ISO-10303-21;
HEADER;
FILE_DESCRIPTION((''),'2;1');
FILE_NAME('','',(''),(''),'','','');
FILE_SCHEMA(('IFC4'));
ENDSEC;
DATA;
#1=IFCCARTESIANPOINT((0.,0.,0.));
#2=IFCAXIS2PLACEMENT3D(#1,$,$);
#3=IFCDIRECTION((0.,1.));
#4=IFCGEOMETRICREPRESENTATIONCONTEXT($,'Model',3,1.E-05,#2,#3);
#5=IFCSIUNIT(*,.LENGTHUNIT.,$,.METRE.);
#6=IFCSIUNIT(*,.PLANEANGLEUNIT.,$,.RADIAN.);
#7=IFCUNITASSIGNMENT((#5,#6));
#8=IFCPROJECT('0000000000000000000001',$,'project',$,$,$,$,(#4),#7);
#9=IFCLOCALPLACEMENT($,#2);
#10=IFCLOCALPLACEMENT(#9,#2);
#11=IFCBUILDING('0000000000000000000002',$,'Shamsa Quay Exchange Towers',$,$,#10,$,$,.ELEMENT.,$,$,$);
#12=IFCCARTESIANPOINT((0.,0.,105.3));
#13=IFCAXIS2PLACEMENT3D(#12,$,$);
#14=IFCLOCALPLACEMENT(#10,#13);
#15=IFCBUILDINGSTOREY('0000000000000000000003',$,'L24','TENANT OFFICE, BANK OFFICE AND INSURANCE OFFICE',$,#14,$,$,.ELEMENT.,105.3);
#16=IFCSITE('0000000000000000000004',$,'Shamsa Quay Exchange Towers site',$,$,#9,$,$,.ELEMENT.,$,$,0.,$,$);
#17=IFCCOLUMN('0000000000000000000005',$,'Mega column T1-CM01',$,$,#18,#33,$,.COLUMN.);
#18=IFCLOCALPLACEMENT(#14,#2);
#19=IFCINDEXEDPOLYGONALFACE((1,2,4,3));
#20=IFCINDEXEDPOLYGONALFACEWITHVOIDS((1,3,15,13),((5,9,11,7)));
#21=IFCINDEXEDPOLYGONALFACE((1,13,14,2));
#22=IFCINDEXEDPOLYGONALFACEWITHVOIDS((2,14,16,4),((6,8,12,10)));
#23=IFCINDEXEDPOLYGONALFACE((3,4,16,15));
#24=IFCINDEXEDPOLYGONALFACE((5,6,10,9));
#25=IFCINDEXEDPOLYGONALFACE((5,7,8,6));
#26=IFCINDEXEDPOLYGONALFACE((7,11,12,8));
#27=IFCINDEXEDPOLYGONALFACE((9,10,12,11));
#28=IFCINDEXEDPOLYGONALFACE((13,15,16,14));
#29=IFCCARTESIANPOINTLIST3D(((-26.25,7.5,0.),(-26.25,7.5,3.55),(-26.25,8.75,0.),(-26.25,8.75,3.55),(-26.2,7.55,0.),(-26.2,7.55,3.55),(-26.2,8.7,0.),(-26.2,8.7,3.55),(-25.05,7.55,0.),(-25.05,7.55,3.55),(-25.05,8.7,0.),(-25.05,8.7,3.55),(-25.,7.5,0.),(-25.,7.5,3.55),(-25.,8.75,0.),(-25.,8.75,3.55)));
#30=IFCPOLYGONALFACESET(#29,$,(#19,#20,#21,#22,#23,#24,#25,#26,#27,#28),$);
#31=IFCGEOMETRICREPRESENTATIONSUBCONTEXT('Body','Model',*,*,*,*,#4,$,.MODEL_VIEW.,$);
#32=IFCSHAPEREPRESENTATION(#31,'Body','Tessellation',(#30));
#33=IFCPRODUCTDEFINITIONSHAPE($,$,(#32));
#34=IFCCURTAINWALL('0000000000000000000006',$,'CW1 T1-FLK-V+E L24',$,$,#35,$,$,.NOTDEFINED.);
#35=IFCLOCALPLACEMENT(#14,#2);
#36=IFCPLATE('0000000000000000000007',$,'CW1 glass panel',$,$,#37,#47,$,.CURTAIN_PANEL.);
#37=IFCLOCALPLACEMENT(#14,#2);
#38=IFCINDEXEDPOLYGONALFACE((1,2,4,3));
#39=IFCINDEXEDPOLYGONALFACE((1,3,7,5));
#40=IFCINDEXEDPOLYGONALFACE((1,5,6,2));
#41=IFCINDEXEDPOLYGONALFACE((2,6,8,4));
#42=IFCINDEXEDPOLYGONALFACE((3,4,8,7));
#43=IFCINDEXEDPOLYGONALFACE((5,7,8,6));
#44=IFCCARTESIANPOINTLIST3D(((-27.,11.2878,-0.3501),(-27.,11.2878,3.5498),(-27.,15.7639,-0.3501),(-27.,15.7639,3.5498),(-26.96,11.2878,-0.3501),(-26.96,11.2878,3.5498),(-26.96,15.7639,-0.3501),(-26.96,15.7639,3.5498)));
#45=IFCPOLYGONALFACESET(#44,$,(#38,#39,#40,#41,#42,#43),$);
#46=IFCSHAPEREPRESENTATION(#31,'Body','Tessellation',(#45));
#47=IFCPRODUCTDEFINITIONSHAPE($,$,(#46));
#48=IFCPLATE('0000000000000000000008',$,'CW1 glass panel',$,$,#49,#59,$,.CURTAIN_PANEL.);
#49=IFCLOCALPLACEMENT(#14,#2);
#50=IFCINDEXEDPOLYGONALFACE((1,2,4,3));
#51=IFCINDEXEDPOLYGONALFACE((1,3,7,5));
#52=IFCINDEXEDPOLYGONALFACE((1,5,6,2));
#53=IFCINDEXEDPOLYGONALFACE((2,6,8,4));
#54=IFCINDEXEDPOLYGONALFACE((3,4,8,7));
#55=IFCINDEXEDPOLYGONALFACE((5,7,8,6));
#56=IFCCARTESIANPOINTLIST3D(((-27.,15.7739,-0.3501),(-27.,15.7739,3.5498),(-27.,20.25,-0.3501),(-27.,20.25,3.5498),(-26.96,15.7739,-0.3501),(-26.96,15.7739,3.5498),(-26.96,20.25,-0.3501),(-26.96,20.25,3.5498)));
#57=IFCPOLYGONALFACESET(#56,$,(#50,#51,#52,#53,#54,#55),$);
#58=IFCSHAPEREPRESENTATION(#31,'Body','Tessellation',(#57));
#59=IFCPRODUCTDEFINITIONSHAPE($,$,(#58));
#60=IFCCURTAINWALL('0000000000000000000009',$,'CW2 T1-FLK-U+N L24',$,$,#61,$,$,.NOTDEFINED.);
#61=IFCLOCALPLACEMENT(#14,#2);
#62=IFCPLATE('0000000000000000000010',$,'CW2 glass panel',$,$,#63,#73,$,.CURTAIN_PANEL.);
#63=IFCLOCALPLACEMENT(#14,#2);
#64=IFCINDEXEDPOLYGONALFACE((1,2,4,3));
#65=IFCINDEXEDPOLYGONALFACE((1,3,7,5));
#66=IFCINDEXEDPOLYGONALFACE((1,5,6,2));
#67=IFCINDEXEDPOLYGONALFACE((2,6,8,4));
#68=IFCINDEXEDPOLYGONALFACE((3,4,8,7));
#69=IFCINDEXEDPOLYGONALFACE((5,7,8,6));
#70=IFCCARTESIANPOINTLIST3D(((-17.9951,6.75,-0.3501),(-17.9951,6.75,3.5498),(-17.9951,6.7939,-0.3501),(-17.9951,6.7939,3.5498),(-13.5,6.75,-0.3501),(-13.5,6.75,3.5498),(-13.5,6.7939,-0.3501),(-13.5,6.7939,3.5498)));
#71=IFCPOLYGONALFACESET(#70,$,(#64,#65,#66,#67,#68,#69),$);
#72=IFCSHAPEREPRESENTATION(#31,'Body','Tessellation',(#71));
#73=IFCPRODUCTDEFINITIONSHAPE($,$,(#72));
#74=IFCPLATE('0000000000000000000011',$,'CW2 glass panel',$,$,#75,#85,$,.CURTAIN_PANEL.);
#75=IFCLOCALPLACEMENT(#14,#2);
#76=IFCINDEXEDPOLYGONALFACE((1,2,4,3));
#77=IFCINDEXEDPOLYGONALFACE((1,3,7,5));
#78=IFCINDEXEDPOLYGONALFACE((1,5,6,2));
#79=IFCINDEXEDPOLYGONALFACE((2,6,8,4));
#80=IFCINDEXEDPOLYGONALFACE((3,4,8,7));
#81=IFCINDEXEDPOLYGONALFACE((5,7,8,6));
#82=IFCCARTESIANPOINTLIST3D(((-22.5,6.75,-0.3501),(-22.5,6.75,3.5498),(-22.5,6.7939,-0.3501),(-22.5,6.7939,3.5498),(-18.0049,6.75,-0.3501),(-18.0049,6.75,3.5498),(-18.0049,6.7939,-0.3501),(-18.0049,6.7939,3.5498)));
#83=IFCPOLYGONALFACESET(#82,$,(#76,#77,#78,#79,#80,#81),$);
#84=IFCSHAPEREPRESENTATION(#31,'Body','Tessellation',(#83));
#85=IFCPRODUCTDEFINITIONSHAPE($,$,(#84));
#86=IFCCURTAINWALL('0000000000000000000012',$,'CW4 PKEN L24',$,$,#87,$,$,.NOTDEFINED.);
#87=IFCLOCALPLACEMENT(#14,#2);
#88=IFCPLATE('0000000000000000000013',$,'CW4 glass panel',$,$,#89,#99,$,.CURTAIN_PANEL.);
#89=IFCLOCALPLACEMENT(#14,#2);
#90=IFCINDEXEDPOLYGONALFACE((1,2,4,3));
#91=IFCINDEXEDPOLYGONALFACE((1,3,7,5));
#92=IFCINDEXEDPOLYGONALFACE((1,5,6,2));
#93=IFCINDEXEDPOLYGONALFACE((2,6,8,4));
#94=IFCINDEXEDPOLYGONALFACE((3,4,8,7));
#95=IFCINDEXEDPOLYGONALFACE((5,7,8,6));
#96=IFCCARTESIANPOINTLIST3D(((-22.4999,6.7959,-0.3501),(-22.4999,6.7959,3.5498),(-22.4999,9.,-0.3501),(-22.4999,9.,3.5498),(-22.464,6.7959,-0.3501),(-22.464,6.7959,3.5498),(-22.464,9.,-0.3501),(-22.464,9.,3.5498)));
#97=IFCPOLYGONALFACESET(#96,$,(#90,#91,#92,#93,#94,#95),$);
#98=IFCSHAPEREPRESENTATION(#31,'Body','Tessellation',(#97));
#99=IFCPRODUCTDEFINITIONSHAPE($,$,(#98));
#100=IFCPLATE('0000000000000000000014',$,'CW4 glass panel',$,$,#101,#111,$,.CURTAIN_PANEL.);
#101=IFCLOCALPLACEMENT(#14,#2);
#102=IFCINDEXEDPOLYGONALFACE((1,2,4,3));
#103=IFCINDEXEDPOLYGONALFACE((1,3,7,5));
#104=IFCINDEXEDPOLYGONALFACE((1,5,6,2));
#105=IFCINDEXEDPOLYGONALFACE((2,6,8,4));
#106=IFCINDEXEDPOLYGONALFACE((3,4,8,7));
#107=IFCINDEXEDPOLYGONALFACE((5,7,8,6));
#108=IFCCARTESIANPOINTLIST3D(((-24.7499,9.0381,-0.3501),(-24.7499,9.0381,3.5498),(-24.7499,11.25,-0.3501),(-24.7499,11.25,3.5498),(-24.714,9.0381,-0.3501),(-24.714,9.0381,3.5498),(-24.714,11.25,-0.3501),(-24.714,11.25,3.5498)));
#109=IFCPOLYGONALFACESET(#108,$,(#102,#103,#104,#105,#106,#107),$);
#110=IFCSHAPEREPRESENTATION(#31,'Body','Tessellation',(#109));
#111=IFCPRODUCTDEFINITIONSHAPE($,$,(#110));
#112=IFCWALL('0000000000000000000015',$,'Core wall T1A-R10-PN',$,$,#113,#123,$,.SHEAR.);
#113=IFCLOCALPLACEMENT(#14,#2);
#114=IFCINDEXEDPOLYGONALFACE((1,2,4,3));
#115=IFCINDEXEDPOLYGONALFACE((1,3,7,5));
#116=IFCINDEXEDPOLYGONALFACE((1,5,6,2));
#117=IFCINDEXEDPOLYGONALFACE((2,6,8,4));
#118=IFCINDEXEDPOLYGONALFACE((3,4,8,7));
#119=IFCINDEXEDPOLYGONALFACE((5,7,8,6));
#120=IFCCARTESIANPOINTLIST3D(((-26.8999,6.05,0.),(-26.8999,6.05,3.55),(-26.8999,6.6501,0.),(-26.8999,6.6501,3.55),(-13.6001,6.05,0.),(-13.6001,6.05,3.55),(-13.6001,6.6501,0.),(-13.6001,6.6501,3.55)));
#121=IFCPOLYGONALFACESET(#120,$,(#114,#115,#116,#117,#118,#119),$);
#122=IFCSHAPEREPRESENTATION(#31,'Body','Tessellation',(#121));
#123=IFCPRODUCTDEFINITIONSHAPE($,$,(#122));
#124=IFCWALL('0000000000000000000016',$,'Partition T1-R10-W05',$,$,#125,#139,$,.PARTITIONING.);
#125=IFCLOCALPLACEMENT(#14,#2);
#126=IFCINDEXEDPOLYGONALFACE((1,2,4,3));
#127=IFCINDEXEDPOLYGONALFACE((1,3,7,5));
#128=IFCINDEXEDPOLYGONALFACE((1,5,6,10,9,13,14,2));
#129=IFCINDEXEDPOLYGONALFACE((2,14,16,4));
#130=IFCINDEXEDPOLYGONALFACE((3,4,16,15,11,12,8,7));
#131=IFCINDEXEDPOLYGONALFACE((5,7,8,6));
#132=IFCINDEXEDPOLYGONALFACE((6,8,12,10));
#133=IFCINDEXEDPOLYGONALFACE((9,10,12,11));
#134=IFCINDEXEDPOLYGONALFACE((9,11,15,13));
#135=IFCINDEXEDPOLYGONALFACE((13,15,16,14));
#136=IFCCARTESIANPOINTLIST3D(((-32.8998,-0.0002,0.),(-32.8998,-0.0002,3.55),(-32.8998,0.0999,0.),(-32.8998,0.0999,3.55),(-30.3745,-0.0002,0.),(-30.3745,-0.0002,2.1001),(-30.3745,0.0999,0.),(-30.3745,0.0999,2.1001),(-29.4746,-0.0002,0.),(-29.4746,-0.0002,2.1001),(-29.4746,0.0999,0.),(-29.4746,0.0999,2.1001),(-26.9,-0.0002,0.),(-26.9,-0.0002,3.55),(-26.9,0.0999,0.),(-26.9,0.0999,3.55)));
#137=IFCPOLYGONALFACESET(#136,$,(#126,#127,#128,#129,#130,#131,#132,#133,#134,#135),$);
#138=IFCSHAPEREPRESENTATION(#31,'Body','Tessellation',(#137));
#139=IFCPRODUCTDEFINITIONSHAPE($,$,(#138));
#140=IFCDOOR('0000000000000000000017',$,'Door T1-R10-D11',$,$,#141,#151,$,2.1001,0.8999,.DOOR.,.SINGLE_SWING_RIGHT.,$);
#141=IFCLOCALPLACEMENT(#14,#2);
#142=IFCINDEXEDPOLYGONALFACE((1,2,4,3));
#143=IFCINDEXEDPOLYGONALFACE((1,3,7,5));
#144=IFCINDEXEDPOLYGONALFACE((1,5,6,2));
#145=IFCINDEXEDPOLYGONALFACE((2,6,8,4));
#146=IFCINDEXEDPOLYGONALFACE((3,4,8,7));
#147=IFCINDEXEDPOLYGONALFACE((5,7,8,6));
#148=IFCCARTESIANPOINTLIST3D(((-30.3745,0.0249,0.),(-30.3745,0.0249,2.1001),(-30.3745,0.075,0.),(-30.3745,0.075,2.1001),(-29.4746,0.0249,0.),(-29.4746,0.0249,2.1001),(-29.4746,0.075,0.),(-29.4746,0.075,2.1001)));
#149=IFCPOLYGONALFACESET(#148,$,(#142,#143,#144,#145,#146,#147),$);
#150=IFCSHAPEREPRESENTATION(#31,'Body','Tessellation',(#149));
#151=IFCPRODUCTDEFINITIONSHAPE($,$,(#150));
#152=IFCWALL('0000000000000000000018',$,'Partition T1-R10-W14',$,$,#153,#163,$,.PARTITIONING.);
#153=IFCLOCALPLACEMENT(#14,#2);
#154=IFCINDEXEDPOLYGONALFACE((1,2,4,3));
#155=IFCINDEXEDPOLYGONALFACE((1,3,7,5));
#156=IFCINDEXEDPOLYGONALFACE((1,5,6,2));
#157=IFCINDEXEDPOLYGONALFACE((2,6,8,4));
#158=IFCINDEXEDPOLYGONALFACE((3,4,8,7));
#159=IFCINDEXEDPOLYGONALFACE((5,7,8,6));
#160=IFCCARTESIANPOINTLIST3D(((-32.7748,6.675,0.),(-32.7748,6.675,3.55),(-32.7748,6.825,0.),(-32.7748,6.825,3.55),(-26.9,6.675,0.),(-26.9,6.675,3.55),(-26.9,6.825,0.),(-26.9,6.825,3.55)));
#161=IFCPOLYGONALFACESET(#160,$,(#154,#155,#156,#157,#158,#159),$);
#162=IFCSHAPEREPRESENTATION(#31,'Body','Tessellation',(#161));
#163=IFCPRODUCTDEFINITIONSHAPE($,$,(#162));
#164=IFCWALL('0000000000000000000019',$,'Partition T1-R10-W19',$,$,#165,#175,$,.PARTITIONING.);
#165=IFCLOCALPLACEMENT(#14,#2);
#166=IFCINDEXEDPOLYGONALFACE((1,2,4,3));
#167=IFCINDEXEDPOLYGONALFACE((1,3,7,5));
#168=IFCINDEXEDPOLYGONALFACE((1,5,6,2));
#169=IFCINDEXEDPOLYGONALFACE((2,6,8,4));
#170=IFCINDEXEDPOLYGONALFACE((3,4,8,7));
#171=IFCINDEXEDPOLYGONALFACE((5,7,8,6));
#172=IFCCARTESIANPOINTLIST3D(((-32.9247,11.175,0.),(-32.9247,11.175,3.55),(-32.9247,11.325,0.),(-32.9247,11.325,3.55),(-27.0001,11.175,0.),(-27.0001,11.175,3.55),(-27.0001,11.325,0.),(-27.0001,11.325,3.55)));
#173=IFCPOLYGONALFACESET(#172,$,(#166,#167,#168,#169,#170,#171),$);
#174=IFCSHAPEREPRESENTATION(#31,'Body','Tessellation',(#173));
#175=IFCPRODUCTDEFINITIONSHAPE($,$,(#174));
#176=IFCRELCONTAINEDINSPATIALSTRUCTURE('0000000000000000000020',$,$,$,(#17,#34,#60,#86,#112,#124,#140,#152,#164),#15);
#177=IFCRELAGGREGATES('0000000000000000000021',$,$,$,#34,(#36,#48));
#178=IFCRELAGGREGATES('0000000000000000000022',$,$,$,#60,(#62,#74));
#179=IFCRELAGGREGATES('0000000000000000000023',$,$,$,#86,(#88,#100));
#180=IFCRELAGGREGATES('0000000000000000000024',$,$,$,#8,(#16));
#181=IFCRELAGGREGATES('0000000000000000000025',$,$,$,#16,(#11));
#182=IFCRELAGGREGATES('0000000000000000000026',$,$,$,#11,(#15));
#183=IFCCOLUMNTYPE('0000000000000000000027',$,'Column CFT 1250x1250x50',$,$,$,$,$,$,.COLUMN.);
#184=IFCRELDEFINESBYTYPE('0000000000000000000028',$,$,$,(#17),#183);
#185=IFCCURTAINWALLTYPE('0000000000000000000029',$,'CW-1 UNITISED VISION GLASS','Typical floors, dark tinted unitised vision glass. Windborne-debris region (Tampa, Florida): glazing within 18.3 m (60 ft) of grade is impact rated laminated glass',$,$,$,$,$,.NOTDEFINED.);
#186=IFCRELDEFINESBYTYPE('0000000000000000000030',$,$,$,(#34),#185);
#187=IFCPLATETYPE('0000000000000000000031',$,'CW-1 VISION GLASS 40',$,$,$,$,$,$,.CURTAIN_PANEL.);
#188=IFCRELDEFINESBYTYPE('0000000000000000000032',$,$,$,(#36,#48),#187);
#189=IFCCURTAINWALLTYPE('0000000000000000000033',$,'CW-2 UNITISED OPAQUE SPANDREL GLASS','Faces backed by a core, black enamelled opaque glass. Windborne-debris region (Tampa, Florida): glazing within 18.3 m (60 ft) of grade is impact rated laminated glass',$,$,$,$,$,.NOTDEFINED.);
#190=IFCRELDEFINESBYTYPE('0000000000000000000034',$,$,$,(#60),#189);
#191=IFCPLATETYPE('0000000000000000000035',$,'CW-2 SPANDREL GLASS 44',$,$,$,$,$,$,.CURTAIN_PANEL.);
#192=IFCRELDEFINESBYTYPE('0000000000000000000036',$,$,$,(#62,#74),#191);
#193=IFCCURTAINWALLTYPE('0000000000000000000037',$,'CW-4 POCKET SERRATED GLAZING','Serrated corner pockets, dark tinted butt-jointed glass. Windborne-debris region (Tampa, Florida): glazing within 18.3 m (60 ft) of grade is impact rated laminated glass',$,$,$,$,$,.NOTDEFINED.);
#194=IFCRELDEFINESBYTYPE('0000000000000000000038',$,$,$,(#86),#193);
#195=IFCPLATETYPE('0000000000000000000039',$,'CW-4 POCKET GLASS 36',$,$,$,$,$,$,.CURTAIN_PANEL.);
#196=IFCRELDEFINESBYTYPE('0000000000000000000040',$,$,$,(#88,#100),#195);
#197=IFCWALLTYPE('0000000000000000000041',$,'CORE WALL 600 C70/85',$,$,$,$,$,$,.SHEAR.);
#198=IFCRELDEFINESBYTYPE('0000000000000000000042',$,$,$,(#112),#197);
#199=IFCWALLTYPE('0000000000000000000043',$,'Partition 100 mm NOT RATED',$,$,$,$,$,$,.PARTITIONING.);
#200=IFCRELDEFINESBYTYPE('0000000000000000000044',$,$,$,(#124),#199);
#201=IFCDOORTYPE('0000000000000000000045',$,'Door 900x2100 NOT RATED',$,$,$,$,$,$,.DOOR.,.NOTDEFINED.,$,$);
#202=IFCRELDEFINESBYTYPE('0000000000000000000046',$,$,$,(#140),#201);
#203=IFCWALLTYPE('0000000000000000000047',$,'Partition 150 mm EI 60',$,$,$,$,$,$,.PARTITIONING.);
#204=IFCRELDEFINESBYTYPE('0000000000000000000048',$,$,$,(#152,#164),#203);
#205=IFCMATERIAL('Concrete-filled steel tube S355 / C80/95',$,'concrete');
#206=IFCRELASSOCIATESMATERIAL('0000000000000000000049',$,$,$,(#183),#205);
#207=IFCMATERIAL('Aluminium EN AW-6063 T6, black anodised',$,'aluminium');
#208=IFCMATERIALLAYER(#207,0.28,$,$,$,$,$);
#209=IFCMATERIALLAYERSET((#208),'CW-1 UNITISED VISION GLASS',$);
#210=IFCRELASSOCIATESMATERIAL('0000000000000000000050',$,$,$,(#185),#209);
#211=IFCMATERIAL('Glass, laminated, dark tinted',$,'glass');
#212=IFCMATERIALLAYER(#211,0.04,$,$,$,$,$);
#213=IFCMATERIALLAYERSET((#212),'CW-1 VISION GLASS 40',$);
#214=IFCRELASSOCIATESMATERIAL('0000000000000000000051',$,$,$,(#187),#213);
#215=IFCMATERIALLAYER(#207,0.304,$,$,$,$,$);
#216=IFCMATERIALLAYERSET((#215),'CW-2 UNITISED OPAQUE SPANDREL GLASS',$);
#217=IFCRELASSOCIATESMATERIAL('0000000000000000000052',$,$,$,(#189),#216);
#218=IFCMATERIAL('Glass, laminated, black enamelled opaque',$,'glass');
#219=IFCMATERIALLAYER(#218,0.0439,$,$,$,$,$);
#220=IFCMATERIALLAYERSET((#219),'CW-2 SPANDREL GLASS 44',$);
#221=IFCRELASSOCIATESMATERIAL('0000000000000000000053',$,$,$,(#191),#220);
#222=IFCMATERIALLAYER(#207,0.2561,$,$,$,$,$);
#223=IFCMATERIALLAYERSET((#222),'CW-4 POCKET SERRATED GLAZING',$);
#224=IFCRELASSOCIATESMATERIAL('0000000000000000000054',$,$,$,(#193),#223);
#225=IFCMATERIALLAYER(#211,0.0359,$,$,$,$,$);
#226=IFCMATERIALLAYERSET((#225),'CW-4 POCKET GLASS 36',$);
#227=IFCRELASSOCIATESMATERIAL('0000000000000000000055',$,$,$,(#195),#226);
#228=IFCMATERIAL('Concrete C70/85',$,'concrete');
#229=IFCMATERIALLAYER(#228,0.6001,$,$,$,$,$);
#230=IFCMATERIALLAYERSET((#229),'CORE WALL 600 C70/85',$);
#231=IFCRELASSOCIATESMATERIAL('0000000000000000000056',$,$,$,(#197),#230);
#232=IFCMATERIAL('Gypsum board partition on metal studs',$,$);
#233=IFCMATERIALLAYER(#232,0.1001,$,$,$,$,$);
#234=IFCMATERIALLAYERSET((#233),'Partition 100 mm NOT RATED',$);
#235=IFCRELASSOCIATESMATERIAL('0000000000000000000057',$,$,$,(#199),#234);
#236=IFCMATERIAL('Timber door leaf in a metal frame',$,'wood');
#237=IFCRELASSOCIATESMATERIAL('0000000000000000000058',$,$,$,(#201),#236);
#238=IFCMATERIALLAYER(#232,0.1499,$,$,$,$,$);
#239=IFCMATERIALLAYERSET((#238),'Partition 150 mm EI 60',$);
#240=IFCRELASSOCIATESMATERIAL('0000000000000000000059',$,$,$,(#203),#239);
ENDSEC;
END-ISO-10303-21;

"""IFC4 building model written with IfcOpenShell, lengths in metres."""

from ifc_helpers import new_model, si_unit, direction, frame, frame_2d, origin, origin_2d, place, context, subcontext, project, spatial, rectangle, hollow_rectangle, extrude, material, layer, layer_set, material_profile, profile_set, type_object, element, fill, aggregate, save


model = new_model("IFC4")

# Units and contexts
model_context = context("Model", 3, precision=1e-05, world=origin(), true_north=direction((0.0, 1.0)))
body_context = subcontext(model_context, "Body", "Model", "MODEL_VIEW")
ifc_project = project(units=[si_unit("LENGTHUNIT", "METRE"), si_unit("PLANEANGLEUNIT", "RADIAN")], contexts=[model_context])

# Site, building, storey
site_placement = place(None, origin())
site = spatial("IfcSite", under=ifc_project, at=site_placement, Name="Shamsa Quay Exchange Towers site", CompositionType="ELEMENT", RefElevation=0.0)
building_placement = place(site_placement, origin())
building = spatial("IfcBuilding", under=site, at=building_placement, Name="Shamsa Quay Exchange Towers", CompositionType="ELEMENT")
storey_placement = place(building_placement, frame((0.0, 0.0, 105.3)))
storey = spatial("IfcBuildingStorey", under=building, at=storey_placement, Name="L24", Description="TENANT OFFICE, BANK OFFICE AND INSURANCE OFFICE", CompositionType="ELEMENT", Elevation=105.3)

# Column
ifc_material_1 = material(Name="Concrete-filled steel tube S355 / C80/95", Category="concrete")
ifc_material_profile = material_profile(ifc_material_1, hollow_rectangle(XDim=1.25, YDim=1.25, WallThickness=0.05, at=origin_2d()), Name="CFT 1250x1250x50")
ifc_profile_set = profile_set([ifc_material_profile], Name="Concrete-filled steel tube S355 / C80/95")
column_type = type_object("IfcColumnType", Name="Column CFT 1250x1250x50", PredefinedType="COLUMN", material=ifc_profile_set)
column_placement = place(storey_placement, frame((-25.625, 8.125, 0.0)))
element("IfcColumn", 1, at=column_placement, inside=storey, type_object=column_type, Name="Mega column T1-CM01", PredefinedType="COLUMN", context=body_context, shape_type="SweptSolid", body=[
    extrude(hollow_rectangle(XDim=1.25, YDim=1.25, WallThickness=0.05, at=origin_2d()), origin(), (0.0, 0.0, 1.0), 3.55),
])

# Curtain walls, plates
ifc_material_2 = material(Name="Aluminium EN AW-6063 T6, black anodised", Category="aluminium")
ifc_layer_1 = layer(ifc_material_2, 0.28)
ifc_layer_set_1 = layer_set([ifc_layer_1], Name="CW-1 UNITISED VISION GLASS")
curtain_wall_type_1 = type_object("IfcCurtainWallType", Name="CW-1 UNITISED VISION GLASS", Description="Typical floors, dark tinted unitised vision glass. Windborne-debris region (Tampa, Florida): glazing within 18.3 m (60 ft) of grade is impact rated laminated glass", PredefinedType="NOTDEFINED", material=ifc_layer_set_1)
curtain_wall_1_placement = place(storey_placement, origin())
curtain_wall_1 = element("IfcCurtainWall", 2, at=curtain_wall_1_placement, inside=storey, type_object=curtain_wall_type_1, Name="CW1 T1-FLK-V+E L24", PredefinedType="NOTDEFINED")
ifc_material_3 = material(Name="Glass, laminated, dark tinted", Category="glass")
ifc_layer_2 = layer(ifc_material_3, 0.04)
ifc_layer_set_2 = layer_set([ifc_layer_2], Name="CW-1 VISION GLASS 40")
plate_type_1 = type_object("IfcPlateType", Name="CW-1 VISION GLASS 40", PredefinedType="CURTAIN_PANEL", material=ifc_layer_set_2)
plate_1_placement = place(storey_placement, frame((-26.98, 13.5259, -0.3501), z_axis=(0.0, 0.0, 1.0), x_axis=(0.0, 1.0, 0.0)))
plate_1 = element("IfcPlate", 3, at=plate_1_placement, type_object=plate_type_1, Name="CW1 glass panel", PredefinedType="CURTAIN_PANEL", context=body_context, shape_type="SweptSolid", body=[
    extrude(rectangle(XDim=4.4761, YDim=0.04, at=origin_2d()), origin(), (0.0, 0.0, 1.0), 3.8999),
])
plate_2_placement = place(storey_placement, frame((-26.98, 18.012, -0.3501), z_axis=(0.0, 0.0, 1.0), x_axis=(0.0, 1.0, 0.0)))
plate_2 = element("IfcPlate", 4, at=plate_2_placement, type_object=plate_type_1, Name="CW1 glass panel", PredefinedType="CURTAIN_PANEL", context=body_context, shape_type="SweptSolid", body=[
    extrude(rectangle(XDim=4.4761, YDim=0.04, at=origin_2d()), origin(), (0.0, 0.0, 1.0), 3.8999),
])
aggregate(curtain_wall_1, [plate_1, plate_2])
ifc_layer_3 = layer(ifc_material_2, 0.304)
ifc_layer_set_3 = layer_set([ifc_layer_3], Name="CW-2 UNITISED OPAQUE SPANDREL GLASS")
curtain_wall_type_2 = type_object("IfcCurtainWallType", Name="CW-2 UNITISED OPAQUE SPANDREL GLASS", Description="Faces backed by a core, black enamelled opaque glass. Windborne-debris region (Tampa, Florida): glazing within 18.3 m (60 ft) of grade is impact rated laminated glass", PredefinedType="NOTDEFINED", material=ifc_layer_set_3)
curtain_wall_2_placement = place(storey_placement, origin())
curtain_wall_2 = element("IfcCurtainWall", 5, at=curtain_wall_2_placement, inside=storey, type_object=curtain_wall_type_2, Name="CW2 T1-FLK-U+N L24", PredefinedType="NOTDEFINED")
ifc_material_4 = material(Name="Glass, laminated, black enamelled opaque", Category="glass")
ifc_layer_4 = layer(ifc_material_4, 0.0439)
ifc_layer_set_4 = layer_set([ifc_layer_4], Name="CW-2 SPANDREL GLASS 44")
plate_type_2 = type_object("IfcPlateType", Name="CW-2 SPANDREL GLASS 44", PredefinedType="CURTAIN_PANEL", material=ifc_layer_set_4)
plate_3_placement = place(storey_placement, frame((-15.7476, 6.772, -0.3501), z_axis=(0.0, 0.0, 1.0), x_axis=(-1.0, 0.0, 0.0)))
plate_3 = element("IfcPlate", 6, at=plate_3_placement, type_object=plate_type_2, Name="CW2 glass panel", PredefinedType="CURTAIN_PANEL", context=body_context, shape_type="SweptSolid", body=[
    extrude(rectangle(XDim=4.4951, YDim=0.0439, at=origin_2d()), origin(), (0.0, 0.0, 1.0), 3.8999),
])
plate_4_placement = place(storey_placement, frame((-20.2524, 6.772, -0.3501), z_axis=(0.0, 0.0, 1.0), x_axis=(-1.0, 0.0, 0.0)))
plate_4 = element("IfcPlate", 7, at=plate_4_placement, type_object=plate_type_2, Name="CW2 glass panel", PredefinedType="CURTAIN_PANEL", context=body_context, shape_type="SweptSolid", body=[
    extrude(rectangle(XDim=4.4951, YDim=0.0439, at=origin_2d()), origin(), (0.0, 0.0, 1.0), 3.8999),
])
aggregate(curtain_wall_2, [plate_3, plate_4])
ifc_layer_5 = layer(ifc_material_2, 0.2561)
ifc_layer_set_5 = layer_set([ifc_layer_5], Name="CW-4 POCKET SERRATED GLAZING")
curtain_wall_type_3 = type_object("IfcCurtainWallType", Name="CW-4 POCKET SERRATED GLAZING", Description="Serrated corner pockets, dark tinted butt-jointed glass. Windborne-debris region (Tampa, Florida): glazing within 18.3 m (60 ft) of grade is impact rated laminated glass", PredefinedType="NOTDEFINED", material=ifc_layer_set_5)
curtain_wall_3_placement = place(storey_placement, origin())
curtain_wall_3 = element("IfcCurtainWall", 8, at=curtain_wall_3_placement, inside=storey, type_object=curtain_wall_type_3, Name="CW4 PKEN L24", PredefinedType="NOTDEFINED")
ifc_layer_6 = layer(ifc_material_3, 0.0359)
ifc_layer_set_6 = layer_set([ifc_layer_6], Name="CW-4 POCKET GLASS 36")
plate_type_3 = type_object("IfcPlateType", Name="CW-4 POCKET GLASS 36", PredefinedType="CURTAIN_PANEL", material=ifc_layer_set_6)
plate_5_placement = place(storey_placement, frame((-22.4819, 7.8979, -0.3501), z_axis=(0.0, 0.0, 1.0), x_axis=(0.0, 1.0, 0.0)))
plate_5 = element("IfcPlate", 9, at=plate_5_placement, type_object=plate_type_3, Name="CW4 glass panel", PredefinedType="CURTAIN_PANEL", context=body_context, shape_type="SweptSolid", body=[
    extrude(rectangle(XDim=2.2041, YDim=0.0359, at=origin_2d()), origin(), (0.0, 0.0, 1.0), 3.8999),
])
plate_6_placement = place(storey_placement, frame((-24.7319, 10.144, -0.3501), z_axis=(0.0, 0.0, 1.0), x_axis=(0.0, 1.0, 0.0)))
plate_6 = element("IfcPlate", 10, at=plate_6_placement, type_object=plate_type_3, Name="CW4 glass panel", PredefinedType="CURTAIN_PANEL", context=body_context, shape_type="SweptSolid", body=[
    extrude(rectangle(XDim=2.2119, YDim=0.0359, at=origin_2d()), origin(), (0.0, 0.0, 1.0), 3.8999),
])
aggregate(curtain_wall_3, [plate_5, plate_6])

# Wall
ifc_material_5 = material(Name="Concrete C70/85", Category="concrete")
ifc_layer_7 = layer(ifc_material_5, 0.6001)
ifc_layer_set_7 = layer_set([ifc_layer_7], Name="CORE WALL 600 C70/85")
wall_type_1 = type_object("IfcWallType", Name="CORE WALL 600 C70/85", PredefinedType="SHEAR", material=ifc_layer_set_7)
wall_1_placement = place(storey_placement, frame((-26.8999, 6.3501, 0.0)))
element("IfcWall", 11, at=wall_1_placement, inside=storey, type_object=wall_type_1, Name="Core wall T1A-R10-PN", PredefinedType="SHEAR", context=body_context, shape_type="SweptSolid", body=[
    extrude(rectangle(XDim=13.2998, YDim=0.6001, at=frame_2d((6.6499, 0.0))), origin(), (0.0, 0.0, 1.0), 3.55),
])

# Wall, opening, door
ifc_material_6 = material(Name="Gypsum board partition on metal studs")
ifc_layer_8 = layer(ifc_material_6, 0.1001)
ifc_layer_set_8 = layer_set([ifc_layer_8], Name="Partition 100 mm NOT RATED")
wall_type_2 = type_object("IfcWallType", Name="Partition 100 mm NOT RATED", PredefinedType="PARTITIONING", material=ifc_layer_set_8)
wall_2_placement = place(storey_placement, frame((-26.8999, 0.0498, 0.0), z_axis=(0.0, 0.0, 1.0), x_axis=(-1.0, 0.0, 0.0)))
wall_2 = element("IfcWall", 12, at=wall_2_placement, inside=storey, type_object=wall_type_2, Name="Partition T1-R10-W05", PredefinedType="PARTITIONING", context=body_context, shape_type="SweptSolid", body=[
    extrude(rectangle(XDim=5.9998, YDim=0.1001, at=frame_2d((3.0, 0.0))), origin(), (0.0, 0.0, 1.0), 3.55),
])
opening_1_placement = place(wall_2_placement, frame((2.5747, 0.0, 0.0)))
opening_1 = element("IfcOpeningElement", 13, at=opening_1_placement, cuts=wall_2, PredefinedType="OPENING", context=body_context, shape_type="SweptSolid", body=[
    extrude(rectangle(XDim=0.8999, YDim=2.1001, at=frame_2d((0.45, 1.05))), frame((0.0, 0.0601, 0.0), z_axis=(0.0, -1.0, 0.0), x_axis=(1.0, 0.0, 0.0)), (0.0, 0.0, 1.0), 0.1201),
])
ifc_material_7 = material(Name="Timber door leaf in a metal frame", Category="wood")
door_type_1 = type_object("IfcDoorType", Name="Door 900x2100 NOT RATED", OperationType="NOTDEFINED", PredefinedType="DOOR", material=ifc_material_7)
door_1_placement = place(opening_1_placement, origin())
door_1 = element("IfcDoor", 14, at=door_1_placement, inside=storey, type_object=door_type_1, Name="Door T1-R10-D11", OperationType="SINGLE_SWING_RIGHT", OverallHeight=2.1001, OverallWidth=0.8999, PredefinedType="DOOR", context=body_context, shape_type="SweptSolid", body=[
    extrude(rectangle(XDim=0.8999, YDim=2.1001, at=frame_2d((0.45, 1.05))), frame((0.0, 0.0249, 0.0), z_axis=(0.0, -1.0, 0.0), x_axis=(1.0, 0.0, 0.0)), (0.0, 0.0, 1.0), 0.05),
])
fill(opening_1, door_1)

# Walls
ifc_layer_9 = layer(ifc_material_6, 0.1499)
ifc_layer_set_9 = layer_set([ifc_layer_9], Name="Partition 150 mm EI 60")
wall_type_3 = type_object("IfcWallType", Name="Partition 150 mm EI 60", PredefinedType="PARTITIONING", material=ifc_layer_set_9)
wall_3_placement = place(storey_placement, frame((-26.8999, 6.75, 0.0), z_axis=(0.0, 0.0, 1.0), x_axis=(-1.0, 0.0, 0.0)))
element("IfcWall", 15, at=wall_3_placement, inside=storey, type_object=wall_type_3, Name="Partition T1-R10-W14", PredefinedType="PARTITIONING", context=body_context, shape_type="SweptSolid", body=[
    extrude(rectangle(XDim=5.8748, YDim=0.1499, at=frame_2d((2.9375, 0.0))), origin(), (0.0, 0.0, 1.0), 3.55),
])
wall_4_placement = place(storey_placement, frame((-27.0, 11.25, 0.0), z_axis=(0.0, 0.0, 1.0), x_axis=(-1.0, 0.0, 0.0)))
element("IfcWall", 16, at=wall_4_placement, inside=storey, type_object=wall_type_3, Name="Partition T1-R10-W19", PredefinedType="PARTITIONING", context=body_context, shape_type="SweptSolid", body=[
    extrude(rectangle(XDim=5.9246, YDim=0.1499, at=frame_2d((2.9624, 0.0))), origin(), (0.0, 0.0, 1.0), 3.55),
])

save(model, "model.ifc")
